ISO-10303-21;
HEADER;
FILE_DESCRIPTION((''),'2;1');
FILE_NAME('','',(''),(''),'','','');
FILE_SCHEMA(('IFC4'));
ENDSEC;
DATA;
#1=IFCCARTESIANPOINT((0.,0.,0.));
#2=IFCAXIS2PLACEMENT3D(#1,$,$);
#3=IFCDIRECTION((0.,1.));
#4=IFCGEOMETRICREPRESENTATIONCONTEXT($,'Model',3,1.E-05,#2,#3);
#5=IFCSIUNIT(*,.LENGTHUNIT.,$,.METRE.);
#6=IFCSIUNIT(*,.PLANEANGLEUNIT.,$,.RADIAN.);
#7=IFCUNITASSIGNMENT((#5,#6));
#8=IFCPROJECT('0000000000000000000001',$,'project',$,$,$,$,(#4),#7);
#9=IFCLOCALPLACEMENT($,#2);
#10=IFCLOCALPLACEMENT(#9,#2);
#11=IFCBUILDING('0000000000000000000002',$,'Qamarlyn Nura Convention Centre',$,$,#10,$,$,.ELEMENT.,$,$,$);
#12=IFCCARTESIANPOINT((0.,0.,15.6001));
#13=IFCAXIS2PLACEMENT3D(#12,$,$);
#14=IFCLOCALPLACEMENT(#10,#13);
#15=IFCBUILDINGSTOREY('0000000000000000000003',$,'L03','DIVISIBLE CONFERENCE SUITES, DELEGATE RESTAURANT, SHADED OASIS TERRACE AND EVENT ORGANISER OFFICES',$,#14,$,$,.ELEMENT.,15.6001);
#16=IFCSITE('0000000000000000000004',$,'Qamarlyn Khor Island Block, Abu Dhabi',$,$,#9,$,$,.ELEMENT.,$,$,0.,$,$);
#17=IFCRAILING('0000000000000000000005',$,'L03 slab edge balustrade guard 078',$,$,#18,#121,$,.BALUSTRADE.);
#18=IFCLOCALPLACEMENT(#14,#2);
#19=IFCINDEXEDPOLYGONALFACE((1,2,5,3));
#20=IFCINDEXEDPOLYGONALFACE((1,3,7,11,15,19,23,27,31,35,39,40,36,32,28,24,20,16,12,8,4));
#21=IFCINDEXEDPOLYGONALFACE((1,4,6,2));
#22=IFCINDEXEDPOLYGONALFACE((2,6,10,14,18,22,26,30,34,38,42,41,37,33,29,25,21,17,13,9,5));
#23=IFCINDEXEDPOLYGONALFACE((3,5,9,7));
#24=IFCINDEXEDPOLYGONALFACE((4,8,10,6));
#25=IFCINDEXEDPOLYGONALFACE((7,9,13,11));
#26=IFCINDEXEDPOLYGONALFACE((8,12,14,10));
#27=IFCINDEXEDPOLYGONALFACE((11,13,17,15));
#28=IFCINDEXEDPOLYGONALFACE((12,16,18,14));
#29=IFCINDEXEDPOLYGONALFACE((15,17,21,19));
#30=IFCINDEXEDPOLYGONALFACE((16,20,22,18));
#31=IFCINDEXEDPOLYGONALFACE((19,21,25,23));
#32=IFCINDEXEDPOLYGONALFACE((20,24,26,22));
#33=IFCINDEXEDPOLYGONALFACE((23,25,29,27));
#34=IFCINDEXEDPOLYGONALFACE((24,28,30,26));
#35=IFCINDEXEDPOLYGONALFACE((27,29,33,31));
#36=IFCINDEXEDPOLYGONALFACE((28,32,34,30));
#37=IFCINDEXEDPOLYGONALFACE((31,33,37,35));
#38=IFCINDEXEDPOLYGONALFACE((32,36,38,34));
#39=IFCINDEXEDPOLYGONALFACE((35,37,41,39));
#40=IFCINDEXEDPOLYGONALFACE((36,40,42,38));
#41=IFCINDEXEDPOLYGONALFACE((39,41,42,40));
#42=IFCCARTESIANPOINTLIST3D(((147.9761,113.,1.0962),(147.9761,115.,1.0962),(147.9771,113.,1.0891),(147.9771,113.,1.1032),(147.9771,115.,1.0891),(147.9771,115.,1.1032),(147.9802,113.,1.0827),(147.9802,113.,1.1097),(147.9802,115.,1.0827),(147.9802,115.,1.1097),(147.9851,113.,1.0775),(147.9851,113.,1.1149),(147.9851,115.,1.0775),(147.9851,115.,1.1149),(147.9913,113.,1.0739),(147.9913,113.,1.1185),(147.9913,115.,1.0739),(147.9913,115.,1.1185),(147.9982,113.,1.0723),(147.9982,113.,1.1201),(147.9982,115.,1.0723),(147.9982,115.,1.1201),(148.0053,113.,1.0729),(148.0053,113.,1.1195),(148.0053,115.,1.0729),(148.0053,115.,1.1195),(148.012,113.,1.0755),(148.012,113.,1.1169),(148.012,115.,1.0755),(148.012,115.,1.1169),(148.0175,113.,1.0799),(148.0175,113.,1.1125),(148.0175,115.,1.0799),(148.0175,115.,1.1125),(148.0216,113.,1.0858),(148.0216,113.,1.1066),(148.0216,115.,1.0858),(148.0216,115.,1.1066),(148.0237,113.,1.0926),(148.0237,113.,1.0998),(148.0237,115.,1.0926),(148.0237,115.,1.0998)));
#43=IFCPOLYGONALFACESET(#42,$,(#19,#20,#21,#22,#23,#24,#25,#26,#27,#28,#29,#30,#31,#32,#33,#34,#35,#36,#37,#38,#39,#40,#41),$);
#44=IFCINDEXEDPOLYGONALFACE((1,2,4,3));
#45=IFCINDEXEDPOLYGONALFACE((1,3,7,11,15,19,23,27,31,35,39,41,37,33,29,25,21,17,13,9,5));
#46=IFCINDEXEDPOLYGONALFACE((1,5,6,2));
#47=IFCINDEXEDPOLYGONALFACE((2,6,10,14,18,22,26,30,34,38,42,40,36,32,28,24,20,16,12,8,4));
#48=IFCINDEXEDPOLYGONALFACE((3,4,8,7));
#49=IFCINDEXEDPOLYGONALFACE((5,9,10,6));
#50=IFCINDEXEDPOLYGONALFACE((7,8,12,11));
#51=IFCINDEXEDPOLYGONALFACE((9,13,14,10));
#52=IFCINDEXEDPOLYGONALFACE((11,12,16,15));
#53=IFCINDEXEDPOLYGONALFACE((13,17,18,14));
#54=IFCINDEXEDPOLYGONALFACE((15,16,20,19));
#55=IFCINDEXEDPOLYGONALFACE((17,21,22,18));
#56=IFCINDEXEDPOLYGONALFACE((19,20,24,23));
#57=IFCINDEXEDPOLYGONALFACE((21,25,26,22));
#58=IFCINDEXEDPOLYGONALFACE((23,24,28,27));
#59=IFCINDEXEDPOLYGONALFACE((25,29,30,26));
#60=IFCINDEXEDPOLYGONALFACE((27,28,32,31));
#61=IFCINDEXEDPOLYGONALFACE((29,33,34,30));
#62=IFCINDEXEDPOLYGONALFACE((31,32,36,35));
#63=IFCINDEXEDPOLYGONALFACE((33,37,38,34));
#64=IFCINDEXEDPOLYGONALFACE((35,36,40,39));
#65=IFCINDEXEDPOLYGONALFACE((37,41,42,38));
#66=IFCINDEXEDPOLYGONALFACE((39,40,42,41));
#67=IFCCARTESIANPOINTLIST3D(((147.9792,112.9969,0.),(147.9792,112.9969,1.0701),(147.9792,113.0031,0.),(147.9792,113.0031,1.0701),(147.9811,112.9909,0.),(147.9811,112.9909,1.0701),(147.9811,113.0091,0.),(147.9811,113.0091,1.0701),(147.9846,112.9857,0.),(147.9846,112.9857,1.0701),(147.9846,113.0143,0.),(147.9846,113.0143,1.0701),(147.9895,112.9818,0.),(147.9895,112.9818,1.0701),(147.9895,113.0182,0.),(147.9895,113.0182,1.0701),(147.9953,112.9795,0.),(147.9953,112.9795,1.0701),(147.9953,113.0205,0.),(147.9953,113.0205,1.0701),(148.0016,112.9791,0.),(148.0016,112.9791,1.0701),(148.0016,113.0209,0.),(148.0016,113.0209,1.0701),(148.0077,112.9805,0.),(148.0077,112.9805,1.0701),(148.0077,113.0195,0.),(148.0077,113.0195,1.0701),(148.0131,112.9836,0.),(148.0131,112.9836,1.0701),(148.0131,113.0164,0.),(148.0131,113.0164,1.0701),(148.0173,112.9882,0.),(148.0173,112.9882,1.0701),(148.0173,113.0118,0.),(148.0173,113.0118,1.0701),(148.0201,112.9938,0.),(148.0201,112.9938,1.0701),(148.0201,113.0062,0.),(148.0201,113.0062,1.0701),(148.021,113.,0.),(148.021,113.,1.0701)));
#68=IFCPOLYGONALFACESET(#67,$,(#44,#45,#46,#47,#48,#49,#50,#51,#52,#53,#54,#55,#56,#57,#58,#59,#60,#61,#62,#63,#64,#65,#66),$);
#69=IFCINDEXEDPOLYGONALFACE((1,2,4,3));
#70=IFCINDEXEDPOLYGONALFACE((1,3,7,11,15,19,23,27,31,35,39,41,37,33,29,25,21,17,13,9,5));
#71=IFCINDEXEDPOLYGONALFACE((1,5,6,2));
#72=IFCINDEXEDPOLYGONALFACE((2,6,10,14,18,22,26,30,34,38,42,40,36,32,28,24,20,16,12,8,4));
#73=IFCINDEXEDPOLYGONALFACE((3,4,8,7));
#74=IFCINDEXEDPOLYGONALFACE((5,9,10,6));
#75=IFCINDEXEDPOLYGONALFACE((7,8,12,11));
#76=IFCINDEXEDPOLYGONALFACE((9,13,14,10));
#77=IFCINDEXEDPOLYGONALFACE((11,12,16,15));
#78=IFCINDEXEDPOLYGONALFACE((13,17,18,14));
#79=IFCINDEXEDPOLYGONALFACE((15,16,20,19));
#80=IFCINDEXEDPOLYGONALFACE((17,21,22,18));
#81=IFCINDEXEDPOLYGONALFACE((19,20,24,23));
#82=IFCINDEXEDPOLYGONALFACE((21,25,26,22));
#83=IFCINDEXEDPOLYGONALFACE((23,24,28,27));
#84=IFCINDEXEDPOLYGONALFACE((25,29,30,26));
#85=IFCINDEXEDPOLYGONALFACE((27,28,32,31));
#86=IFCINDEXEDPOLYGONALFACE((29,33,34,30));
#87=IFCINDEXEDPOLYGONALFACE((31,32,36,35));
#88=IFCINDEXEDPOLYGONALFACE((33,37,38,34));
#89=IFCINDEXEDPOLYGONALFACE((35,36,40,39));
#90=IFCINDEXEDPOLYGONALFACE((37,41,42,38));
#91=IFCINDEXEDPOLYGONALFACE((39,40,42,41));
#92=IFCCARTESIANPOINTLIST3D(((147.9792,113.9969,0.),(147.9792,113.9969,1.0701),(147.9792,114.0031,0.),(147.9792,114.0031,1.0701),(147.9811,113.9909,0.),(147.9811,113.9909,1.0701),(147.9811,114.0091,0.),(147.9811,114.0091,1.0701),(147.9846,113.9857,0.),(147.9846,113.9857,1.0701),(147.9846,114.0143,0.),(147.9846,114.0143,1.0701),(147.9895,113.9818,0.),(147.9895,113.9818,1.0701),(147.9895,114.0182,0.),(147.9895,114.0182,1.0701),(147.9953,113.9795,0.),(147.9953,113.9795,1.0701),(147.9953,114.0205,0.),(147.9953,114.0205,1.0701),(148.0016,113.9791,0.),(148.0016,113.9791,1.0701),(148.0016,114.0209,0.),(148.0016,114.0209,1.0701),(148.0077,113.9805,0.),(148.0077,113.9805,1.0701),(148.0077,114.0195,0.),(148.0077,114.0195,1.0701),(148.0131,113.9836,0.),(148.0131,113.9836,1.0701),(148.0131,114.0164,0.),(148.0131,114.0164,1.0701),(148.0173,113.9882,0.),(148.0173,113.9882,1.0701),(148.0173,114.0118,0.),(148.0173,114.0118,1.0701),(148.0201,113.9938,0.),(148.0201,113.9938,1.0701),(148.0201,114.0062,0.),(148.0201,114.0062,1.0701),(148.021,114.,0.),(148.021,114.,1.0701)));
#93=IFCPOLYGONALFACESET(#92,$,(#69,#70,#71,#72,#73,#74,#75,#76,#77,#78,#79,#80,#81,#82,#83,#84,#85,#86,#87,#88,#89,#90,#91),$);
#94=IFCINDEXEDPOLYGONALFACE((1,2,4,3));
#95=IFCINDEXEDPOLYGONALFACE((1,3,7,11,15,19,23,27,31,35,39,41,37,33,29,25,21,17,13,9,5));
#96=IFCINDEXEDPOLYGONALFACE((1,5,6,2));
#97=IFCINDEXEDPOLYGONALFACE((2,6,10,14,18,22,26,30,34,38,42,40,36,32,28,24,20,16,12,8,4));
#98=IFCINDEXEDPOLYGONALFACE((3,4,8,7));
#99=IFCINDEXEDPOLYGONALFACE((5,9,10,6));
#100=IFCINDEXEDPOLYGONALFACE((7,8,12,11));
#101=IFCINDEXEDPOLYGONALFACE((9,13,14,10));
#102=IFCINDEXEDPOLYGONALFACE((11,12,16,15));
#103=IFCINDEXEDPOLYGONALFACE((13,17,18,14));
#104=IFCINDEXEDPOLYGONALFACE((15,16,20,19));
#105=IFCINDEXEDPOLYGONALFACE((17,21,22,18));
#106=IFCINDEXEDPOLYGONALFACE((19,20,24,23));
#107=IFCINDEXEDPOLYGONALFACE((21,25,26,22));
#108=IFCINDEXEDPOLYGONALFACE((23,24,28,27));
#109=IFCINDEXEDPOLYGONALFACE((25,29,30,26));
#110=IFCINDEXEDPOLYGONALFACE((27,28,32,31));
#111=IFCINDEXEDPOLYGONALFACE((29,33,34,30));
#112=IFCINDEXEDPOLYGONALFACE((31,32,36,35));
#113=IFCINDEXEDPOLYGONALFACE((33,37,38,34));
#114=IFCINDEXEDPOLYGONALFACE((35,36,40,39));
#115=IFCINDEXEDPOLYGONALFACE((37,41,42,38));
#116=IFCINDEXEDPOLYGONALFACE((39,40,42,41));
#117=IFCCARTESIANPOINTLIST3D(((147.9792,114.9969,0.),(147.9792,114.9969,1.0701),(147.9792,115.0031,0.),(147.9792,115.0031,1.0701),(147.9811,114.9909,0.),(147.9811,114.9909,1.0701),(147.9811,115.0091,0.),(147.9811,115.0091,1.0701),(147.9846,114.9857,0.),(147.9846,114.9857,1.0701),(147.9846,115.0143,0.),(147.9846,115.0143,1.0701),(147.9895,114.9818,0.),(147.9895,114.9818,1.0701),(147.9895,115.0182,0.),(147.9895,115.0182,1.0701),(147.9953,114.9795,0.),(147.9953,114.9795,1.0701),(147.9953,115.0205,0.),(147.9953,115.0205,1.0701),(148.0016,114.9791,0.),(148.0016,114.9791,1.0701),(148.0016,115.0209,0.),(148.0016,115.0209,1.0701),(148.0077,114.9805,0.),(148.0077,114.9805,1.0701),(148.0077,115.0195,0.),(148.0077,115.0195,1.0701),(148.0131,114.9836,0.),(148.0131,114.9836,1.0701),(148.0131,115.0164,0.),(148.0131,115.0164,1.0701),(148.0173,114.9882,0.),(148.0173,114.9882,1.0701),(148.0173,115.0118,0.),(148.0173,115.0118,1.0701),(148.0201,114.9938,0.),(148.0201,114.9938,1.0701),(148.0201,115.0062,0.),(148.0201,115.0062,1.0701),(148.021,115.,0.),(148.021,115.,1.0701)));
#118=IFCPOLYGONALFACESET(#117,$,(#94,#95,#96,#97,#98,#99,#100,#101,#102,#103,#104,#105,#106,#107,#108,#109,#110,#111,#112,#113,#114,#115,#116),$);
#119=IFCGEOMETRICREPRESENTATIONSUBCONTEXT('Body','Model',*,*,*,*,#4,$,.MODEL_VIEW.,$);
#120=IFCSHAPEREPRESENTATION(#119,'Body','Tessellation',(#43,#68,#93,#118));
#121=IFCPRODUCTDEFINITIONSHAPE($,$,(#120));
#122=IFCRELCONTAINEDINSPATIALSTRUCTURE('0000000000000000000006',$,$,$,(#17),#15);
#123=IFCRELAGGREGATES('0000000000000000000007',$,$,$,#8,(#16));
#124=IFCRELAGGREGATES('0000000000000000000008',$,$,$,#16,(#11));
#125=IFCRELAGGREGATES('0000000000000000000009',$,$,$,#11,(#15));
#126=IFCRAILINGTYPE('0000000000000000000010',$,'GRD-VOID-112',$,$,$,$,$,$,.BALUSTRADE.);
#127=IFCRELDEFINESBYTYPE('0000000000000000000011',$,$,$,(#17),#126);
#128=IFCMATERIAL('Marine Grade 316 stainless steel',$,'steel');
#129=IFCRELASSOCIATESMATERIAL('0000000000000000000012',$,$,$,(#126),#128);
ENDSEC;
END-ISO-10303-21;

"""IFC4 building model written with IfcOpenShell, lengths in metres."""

from ifc_helpers import new_model, si_unit, direction, frame, origin, origin_2d, place, context, subcontext, project, spatial, circle, extrude, material, type_object, element, save


model = new_model("IFC4")

# Units and contexts
model_context = context("Model", 3, precision=1e-05, world=origin(), true_north=direction((0.0, 1.0)))
body_context = subcontext(model_context, "Body", "Model", "MODEL_VIEW")
ifc_project = project(units=[si_unit("LENGTHUNIT", "METRE"), si_unit("PLANEANGLEUNIT", "RADIAN")], contexts=[model_context])

# Site, building, storey
site_placement = place(None, origin())
site = spatial("IfcSite", under=ifc_project, at=site_placement, Name="Qamarlyn Khor Island Block, Abu Dhabi", CompositionType="ELEMENT", RefElevation=0.0)
building_placement = place(site_placement, origin())
building = spatial("IfcBuilding", under=site, at=building_placement, Name="Qamarlyn Nura Convention Centre", CompositionType="ELEMENT")
storey_placement = place(building_placement, frame((0.0, 0.0, 15.6001)))
storey = spatial("IfcBuildingStorey", under=building, at=storey_placement, Name="L03", Description="DIVISIBLE CONFERENCE SUITES, DELEGATE RESTAURANT, SHADED OASIS TERRACE AND EVENT ORGANISER OFFICES", CompositionType="ELEMENT", Elevation=15.6001)

# Railing
ifc_material_1 = material(Name="Marine Grade 316 stainless steel", Category="steel")
railing_type = type_object("IfcRailingType", Name="GRD-VOID-112", PredefinedType="BALUSTRADE", material=ifc_material_1)
railing_1_placement = place(storey_placement, frame((148.0, 113.0, 0.0)))
element("IfcRailing", 1, at=railing_1_placement, inside=storey, type_object=railing_type, Name="L03 slab edge balustrade guard 078", PredefinedType="BALUSTRADE", context=body_context, shape_type="SweptSolid", body=[
    extrude(circle(Radius=0.0239, at=origin_2d()), frame((0.0, 0.0, 1.0962), z_axis=(0.0, 1.0, 0.0), x_axis=(-1.0, 0.0, 0.0)), (0.0, 0.0, 1.0), 2.0),
    extrude(circle(Radius=0.021, at=origin_2d()), origin(), (0.0, 0.0, 1.0), 1.0701),
    extrude(circle(Radius=0.021, at=origin_2d()), frame((0.0, 1.0, 0.0)), (0.0, 0.0, 1.0), 1.0701),
    extrude(circle(Radius=0.021, at=origin_2d()), frame((0.0, 2.0, 0.0)), (0.0, 0.0, 1.0), 1.0701),
])

save(model, "model.ifc")
